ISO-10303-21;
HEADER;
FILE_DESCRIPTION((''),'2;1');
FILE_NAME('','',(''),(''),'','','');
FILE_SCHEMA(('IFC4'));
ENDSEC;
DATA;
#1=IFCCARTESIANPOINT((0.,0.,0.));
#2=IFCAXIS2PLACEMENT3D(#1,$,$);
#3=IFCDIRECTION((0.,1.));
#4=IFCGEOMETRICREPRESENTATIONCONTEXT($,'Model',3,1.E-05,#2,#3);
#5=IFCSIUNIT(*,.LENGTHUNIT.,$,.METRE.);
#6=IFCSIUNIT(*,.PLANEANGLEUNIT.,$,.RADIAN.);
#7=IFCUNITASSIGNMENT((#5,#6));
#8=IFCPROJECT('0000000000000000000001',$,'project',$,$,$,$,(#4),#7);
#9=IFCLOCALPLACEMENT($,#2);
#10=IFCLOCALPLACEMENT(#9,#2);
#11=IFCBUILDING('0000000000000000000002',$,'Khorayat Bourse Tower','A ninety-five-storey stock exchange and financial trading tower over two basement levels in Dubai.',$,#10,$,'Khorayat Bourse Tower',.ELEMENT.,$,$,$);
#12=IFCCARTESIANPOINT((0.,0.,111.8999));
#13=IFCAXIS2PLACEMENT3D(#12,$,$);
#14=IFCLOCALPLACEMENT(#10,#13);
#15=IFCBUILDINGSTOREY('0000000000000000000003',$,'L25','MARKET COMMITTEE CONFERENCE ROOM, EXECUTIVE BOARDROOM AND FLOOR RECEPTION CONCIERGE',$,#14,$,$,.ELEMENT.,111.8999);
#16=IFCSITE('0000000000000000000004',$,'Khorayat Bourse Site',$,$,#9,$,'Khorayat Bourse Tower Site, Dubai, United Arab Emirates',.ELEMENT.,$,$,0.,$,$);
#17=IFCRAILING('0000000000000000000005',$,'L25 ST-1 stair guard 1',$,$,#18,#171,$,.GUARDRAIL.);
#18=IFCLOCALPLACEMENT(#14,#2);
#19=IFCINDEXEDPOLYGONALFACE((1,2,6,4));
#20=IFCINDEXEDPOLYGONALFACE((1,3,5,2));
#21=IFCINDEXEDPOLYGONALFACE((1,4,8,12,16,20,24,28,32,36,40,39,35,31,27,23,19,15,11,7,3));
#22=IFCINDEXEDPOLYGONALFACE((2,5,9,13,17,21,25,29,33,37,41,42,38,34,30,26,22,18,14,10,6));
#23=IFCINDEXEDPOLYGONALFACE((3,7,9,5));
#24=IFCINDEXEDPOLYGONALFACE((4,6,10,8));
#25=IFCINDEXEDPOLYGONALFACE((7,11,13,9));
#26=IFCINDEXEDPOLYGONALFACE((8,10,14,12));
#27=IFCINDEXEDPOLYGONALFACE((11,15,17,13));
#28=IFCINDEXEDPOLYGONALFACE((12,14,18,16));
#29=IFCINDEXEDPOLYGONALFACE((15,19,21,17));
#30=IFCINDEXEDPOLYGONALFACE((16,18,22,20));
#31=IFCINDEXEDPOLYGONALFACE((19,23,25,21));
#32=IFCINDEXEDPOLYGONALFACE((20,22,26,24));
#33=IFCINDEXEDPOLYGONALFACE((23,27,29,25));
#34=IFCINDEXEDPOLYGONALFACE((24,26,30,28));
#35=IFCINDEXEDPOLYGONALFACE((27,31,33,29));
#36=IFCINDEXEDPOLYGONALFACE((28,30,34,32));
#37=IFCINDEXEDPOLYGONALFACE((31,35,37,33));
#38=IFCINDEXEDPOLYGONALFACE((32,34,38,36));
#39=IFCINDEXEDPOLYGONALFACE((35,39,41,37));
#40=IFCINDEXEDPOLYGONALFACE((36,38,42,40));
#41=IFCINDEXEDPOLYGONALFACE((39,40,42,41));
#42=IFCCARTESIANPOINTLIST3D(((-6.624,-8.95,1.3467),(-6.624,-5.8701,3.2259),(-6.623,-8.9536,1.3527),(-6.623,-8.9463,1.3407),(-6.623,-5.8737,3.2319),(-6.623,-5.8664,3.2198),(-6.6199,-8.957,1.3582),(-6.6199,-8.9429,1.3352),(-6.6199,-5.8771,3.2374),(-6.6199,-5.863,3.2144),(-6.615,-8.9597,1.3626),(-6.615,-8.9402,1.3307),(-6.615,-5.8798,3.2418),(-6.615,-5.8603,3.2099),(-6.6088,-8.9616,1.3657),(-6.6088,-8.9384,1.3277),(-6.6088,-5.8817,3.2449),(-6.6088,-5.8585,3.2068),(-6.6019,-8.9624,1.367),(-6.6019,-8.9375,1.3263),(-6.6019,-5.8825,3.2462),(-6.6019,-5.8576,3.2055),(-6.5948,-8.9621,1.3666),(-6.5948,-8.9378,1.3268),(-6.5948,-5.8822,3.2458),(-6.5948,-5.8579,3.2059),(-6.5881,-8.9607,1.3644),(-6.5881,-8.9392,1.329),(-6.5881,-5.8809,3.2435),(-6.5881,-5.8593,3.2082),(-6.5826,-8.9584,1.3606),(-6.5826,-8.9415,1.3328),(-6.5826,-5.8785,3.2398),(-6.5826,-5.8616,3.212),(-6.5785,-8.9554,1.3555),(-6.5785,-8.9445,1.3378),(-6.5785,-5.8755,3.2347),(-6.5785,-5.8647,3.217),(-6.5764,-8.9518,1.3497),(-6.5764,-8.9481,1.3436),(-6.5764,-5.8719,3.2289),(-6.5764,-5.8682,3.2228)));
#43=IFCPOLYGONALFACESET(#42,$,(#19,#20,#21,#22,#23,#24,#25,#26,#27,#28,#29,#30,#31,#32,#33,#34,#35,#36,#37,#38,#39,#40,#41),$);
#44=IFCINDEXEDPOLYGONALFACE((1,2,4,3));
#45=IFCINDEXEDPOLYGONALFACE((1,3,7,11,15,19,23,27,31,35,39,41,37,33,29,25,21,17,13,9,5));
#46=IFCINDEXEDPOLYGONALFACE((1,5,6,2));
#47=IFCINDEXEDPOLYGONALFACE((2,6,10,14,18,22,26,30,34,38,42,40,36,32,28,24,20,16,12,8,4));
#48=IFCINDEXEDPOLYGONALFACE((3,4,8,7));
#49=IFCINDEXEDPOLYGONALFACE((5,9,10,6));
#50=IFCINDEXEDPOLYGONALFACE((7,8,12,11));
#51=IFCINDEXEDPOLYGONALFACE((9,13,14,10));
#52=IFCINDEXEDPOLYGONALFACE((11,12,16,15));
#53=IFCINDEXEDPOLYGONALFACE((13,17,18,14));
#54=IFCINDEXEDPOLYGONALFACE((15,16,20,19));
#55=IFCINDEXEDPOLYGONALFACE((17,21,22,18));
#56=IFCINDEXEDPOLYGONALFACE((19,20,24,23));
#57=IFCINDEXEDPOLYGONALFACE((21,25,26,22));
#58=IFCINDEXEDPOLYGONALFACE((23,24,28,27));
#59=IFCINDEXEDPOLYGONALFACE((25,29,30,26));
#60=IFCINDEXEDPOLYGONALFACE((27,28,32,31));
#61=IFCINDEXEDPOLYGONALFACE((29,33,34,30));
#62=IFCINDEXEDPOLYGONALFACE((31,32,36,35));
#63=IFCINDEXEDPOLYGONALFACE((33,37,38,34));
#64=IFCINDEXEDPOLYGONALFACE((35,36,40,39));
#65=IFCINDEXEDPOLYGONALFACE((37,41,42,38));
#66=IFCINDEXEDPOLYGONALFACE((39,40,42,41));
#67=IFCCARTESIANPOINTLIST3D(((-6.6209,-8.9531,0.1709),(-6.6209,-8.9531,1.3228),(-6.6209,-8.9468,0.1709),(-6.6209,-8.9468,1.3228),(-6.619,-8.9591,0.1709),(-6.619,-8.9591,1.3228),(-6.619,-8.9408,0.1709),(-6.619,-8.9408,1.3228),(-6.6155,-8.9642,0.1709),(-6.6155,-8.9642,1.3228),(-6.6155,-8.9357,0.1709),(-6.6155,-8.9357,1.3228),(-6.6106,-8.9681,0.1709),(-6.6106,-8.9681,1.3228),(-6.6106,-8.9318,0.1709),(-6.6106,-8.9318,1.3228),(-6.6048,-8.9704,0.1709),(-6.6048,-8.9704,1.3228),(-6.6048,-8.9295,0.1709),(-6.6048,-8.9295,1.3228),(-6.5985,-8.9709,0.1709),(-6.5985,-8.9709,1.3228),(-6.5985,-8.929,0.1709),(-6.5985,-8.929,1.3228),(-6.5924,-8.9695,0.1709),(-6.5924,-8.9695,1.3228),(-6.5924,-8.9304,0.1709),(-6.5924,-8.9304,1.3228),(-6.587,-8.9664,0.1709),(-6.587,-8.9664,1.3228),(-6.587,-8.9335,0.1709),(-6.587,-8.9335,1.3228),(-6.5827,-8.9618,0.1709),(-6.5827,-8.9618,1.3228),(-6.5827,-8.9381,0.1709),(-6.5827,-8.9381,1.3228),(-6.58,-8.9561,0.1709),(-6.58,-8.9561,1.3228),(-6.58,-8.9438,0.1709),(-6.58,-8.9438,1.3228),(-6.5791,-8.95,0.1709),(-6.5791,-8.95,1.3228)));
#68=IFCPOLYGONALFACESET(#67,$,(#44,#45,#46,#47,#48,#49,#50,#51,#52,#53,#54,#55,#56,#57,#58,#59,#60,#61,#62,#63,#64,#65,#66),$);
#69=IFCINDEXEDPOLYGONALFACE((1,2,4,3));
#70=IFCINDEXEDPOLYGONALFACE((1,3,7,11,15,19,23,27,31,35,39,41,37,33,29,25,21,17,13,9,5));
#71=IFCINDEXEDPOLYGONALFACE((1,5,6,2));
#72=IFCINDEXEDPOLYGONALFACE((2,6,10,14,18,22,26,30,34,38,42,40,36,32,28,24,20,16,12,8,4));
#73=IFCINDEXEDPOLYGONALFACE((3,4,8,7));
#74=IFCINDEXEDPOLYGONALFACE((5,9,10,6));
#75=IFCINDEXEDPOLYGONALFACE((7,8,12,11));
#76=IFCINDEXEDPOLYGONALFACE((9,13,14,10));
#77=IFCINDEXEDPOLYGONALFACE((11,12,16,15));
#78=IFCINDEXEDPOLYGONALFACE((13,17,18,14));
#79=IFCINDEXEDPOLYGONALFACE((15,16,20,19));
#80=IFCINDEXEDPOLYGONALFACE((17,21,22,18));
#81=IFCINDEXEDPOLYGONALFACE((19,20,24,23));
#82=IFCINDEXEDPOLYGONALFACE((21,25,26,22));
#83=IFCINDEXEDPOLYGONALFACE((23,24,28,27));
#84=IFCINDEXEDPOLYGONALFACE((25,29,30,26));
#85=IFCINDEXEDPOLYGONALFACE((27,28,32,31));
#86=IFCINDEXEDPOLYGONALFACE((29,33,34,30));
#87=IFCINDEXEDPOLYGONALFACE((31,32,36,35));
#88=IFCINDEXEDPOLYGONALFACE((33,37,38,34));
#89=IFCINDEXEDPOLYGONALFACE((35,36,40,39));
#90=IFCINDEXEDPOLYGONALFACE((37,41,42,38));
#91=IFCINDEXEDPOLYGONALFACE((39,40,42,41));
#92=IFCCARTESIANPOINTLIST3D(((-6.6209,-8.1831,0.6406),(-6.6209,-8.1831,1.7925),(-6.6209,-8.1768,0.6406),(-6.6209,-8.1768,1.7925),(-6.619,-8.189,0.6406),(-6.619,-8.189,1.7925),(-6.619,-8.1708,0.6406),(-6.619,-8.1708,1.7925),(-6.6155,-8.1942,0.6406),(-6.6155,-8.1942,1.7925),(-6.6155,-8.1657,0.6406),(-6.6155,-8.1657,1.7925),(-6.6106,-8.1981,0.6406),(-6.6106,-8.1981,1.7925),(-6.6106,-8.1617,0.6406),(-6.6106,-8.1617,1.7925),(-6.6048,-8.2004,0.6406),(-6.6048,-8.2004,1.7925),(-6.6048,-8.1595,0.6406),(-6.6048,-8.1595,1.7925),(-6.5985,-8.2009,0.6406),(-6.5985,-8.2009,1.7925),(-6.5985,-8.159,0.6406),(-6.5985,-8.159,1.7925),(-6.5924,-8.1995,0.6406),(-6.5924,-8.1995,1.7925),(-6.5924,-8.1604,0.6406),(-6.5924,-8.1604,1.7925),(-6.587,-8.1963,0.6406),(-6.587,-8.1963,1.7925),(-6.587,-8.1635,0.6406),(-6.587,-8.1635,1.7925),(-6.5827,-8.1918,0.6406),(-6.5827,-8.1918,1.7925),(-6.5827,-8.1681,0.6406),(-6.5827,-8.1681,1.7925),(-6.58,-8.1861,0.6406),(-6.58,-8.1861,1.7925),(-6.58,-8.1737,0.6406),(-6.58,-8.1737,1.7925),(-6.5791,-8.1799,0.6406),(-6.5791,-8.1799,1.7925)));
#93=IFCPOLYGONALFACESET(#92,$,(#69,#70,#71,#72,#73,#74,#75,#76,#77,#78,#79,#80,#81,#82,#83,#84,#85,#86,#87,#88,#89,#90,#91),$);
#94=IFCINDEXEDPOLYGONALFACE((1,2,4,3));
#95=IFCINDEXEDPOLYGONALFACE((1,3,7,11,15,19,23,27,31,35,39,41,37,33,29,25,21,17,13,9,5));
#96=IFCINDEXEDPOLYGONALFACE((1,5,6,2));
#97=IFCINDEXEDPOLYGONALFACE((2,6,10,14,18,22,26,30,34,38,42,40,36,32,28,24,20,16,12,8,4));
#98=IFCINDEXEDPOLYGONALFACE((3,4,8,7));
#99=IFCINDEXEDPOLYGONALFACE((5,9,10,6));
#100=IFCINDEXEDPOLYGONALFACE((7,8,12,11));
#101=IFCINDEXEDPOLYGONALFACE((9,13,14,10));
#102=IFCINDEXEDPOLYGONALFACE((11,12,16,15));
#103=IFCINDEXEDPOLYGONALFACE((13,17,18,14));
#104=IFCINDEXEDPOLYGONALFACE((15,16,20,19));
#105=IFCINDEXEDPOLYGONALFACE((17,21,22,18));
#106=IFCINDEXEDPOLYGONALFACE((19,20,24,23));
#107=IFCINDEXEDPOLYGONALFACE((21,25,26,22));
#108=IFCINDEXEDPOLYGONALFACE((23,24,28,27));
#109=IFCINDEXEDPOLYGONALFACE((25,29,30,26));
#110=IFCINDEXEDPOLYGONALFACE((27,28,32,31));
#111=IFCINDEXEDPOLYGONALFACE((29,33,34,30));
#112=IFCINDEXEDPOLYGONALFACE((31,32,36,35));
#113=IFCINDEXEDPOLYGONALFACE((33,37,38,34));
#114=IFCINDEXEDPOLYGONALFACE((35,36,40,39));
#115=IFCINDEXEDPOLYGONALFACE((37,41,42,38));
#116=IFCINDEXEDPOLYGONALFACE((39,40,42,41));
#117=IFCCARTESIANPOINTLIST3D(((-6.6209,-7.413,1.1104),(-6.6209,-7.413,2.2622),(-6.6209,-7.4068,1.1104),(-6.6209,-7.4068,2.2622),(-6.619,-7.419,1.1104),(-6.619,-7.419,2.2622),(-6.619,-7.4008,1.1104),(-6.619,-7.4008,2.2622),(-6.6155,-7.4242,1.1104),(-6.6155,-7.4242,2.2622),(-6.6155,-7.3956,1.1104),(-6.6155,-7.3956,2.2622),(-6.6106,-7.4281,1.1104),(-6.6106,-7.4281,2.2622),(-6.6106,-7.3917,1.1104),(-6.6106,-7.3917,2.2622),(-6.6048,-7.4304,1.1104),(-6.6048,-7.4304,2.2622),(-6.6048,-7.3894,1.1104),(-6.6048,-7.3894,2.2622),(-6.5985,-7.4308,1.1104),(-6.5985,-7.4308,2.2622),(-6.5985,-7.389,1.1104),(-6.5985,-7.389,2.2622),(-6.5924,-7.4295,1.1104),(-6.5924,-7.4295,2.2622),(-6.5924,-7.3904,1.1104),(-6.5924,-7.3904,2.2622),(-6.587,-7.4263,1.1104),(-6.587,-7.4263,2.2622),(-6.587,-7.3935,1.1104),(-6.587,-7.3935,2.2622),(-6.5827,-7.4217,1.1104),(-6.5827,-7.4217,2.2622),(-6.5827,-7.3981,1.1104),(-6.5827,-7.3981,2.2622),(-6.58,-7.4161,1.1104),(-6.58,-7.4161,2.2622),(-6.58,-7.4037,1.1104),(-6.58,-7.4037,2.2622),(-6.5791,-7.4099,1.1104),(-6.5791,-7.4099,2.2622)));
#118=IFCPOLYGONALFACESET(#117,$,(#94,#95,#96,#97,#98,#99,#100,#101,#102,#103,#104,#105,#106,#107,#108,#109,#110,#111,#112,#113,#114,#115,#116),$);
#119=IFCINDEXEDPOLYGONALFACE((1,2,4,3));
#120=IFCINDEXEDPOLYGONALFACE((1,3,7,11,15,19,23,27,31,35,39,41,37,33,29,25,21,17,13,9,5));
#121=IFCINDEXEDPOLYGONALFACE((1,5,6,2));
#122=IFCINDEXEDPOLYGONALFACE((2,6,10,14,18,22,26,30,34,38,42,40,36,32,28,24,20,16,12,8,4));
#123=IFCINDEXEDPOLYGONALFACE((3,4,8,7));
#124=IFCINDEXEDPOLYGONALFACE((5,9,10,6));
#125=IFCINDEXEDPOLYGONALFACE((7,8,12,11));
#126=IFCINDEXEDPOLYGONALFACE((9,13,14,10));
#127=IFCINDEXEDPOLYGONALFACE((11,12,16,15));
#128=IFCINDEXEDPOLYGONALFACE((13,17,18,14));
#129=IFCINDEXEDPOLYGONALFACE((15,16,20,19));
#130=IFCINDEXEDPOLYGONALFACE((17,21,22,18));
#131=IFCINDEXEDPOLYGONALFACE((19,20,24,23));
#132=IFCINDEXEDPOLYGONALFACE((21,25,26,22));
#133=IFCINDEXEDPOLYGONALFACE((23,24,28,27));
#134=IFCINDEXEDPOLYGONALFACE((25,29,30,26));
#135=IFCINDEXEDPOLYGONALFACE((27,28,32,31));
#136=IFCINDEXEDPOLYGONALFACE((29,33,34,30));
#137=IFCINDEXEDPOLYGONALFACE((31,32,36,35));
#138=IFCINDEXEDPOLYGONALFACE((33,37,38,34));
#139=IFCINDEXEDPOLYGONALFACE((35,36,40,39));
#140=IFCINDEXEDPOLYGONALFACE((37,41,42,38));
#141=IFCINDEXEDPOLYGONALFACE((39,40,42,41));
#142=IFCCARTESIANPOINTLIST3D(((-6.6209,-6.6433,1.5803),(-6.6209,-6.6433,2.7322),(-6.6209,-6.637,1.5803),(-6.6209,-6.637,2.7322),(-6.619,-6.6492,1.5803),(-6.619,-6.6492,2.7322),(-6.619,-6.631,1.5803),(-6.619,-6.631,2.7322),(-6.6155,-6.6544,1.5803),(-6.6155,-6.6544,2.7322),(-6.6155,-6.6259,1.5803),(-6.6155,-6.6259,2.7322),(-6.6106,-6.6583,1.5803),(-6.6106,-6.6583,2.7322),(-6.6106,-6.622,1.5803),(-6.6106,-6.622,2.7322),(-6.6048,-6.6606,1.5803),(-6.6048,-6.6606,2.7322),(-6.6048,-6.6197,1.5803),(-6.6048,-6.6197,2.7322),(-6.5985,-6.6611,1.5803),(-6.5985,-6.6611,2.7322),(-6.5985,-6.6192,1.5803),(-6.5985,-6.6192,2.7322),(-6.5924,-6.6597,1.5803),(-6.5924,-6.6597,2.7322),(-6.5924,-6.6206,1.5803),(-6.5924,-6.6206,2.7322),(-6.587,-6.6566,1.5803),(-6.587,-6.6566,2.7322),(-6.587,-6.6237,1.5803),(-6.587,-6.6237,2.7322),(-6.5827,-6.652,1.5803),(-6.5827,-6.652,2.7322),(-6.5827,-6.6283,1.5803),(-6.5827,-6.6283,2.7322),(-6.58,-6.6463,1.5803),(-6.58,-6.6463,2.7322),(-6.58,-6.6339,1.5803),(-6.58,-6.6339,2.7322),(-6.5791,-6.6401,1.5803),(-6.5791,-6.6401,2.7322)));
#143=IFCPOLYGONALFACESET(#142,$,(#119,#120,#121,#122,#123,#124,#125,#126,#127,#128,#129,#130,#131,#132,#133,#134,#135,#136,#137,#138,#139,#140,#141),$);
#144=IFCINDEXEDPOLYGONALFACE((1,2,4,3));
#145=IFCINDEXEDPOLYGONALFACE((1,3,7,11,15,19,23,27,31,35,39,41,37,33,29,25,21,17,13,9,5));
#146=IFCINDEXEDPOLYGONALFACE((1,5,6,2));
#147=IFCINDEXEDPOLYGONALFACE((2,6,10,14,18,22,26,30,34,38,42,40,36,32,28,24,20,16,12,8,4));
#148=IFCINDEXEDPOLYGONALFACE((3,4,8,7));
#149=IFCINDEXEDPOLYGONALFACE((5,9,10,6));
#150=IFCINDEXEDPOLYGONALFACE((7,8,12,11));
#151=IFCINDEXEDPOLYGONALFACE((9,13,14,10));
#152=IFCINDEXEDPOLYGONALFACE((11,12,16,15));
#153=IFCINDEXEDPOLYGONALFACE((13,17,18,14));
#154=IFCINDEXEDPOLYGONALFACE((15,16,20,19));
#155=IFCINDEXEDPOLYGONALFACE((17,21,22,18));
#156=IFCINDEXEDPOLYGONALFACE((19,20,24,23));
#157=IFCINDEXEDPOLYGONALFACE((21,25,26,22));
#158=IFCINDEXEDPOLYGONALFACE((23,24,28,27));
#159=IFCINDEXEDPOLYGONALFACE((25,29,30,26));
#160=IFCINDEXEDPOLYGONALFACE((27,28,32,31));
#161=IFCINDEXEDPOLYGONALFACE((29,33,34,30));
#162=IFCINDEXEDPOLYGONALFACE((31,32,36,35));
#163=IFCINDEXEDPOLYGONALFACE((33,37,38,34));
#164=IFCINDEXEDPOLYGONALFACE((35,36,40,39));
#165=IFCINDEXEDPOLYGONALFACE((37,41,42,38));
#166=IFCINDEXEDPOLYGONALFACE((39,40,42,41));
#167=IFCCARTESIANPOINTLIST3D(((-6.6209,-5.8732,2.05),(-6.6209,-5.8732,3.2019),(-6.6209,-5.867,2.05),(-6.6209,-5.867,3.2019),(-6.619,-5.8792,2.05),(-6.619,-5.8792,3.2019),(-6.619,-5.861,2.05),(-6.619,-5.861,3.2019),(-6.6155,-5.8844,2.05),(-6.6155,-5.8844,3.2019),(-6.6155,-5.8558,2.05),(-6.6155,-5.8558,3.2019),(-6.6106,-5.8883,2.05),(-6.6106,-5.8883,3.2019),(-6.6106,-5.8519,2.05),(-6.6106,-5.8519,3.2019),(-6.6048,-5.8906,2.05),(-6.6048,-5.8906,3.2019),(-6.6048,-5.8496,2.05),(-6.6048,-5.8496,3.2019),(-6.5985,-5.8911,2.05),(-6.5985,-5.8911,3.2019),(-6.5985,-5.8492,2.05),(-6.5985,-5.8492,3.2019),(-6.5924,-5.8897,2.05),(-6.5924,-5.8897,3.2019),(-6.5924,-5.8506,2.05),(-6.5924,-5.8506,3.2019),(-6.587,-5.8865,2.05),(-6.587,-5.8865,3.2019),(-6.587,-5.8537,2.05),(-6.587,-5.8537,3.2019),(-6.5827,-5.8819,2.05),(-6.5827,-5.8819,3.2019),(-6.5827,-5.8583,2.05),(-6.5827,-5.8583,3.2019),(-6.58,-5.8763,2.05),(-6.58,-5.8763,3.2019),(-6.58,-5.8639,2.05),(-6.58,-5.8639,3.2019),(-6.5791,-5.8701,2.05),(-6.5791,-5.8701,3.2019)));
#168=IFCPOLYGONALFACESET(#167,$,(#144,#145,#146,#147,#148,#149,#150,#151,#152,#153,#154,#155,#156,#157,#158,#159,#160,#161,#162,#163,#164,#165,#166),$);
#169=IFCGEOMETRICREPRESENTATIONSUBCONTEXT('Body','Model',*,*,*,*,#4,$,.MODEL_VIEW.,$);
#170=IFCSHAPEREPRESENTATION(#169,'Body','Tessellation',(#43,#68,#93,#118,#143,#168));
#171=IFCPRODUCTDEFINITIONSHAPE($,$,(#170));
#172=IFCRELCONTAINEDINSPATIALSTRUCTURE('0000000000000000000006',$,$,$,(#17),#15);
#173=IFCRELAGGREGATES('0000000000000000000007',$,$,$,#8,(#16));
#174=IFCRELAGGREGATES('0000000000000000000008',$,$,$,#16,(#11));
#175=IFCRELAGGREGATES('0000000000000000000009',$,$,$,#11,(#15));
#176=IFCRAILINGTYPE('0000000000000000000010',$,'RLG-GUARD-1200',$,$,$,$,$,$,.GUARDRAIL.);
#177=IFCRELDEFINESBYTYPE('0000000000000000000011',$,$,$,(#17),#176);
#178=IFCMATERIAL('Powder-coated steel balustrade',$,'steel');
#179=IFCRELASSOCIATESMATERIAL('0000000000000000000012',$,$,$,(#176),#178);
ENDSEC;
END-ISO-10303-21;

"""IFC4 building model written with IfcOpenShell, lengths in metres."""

from ifc_helpers import new_model, si_unit, direction, frame, origin, origin_2d, place, context, subcontext, project, spatial, circle, extrude, source, transform, mapped, material, type_object, element, save


model = new_model("IFC4")

# Units and contexts
model_context = context("Model", 3, precision=1e-05, world=origin(), true_north=direction((0.0, 1.0)))
body_context = subcontext(model_context, "Body", "Model", "MODEL_VIEW")
ifc_project = project(units=[si_unit("LENGTHUNIT", "METRE"), si_unit("PLANEANGLEUNIT", "RADIAN")], contexts=[model_context])

# Site, building, storey
site_placement = place(None, origin())
site = spatial("IfcSite", under=ifc_project, at=site_placement, Name="Khorayat Bourse Site", LongName="Khorayat Bourse Tower Site, Dubai, United Arab Emirates", CompositionType="ELEMENT", RefElevation=0.0)
building_placement = place(site_placement, origin())
building = spatial("IfcBuilding", under=site, at=building_placement, Name="Khorayat Bourse Tower", Description="A ninety-five-storey stock exchange and financial trading tower over two basement levels in Dubai.", LongName="Khorayat Bourse Tower", CompositionType="ELEMENT")
storey_placement = place(building_placement, frame((0.0, 0.0, 111.8999)))
storey = spatial("IfcBuildingStorey", under=building, at=storey_placement, Name="L25", Description="MARKET COMMITTEE CONFERENCE ROOM, EXECUTIVE BOARDROOM AND FLOOR RECEPTION CONCIERGE", CompositionType="ELEMENT", Elevation=111.8999)

# Railing
ifc_material_1 = material(Name="Powder-coated steel balustrade", Category="steel")
railing_type_1 = type_object("IfcRailingType", Name="RLG-GUARD-1200", PredefinedType="GUARDRAIL", material=ifc_material_1)
shared_shape_1 = source(origin(), body_context, "Body", "SweptSolid", [
    extrude(circle(Radius=0.0239, at=origin_2d()), frame((0.0, 0.0, 1.1758), z_axis=(0.0, 0.853648, 0.52085), x_axis=(-1.0, 0.0, 0.0)), (0.0, 0.0, 1.0), 3.6079),
    extrude(circle(Radius=0.021, at=origin_2d()), origin(), (0.0, 0.0, 1.0), 1.1519),
    extrude(circle(Radius=0.021, at=origin_2d()), frame((0.0, 0.77, 0.4697)), (0.0, 0.0, 1.0), 1.1519),
    extrude(circle(Radius=0.021, at=origin_2d()), frame((0.0, 1.54, 0.9395)), (0.0, 0.0, 1.0), 1.1519),
    extrude(circle(Radius=0.021, at=origin_2d()), frame((0.0, 2.3098, 1.4094)), (0.0, 0.0, 1.0), 1.1519),
    extrude(circle(Radius=0.021, at=origin_2d()), frame((0.0, 3.0798, 1.8792)), (0.0, 0.0, 1.0), 1.1519),
])
railing_1_placement = place(storey_placement, frame((-6.6001, -8.95, 0.1709)))
element("IfcRailing", 1, at=railing_1_placement, inside=storey, type_object=railing_type_1, Name="L25 ST-1 stair guard 1", PredefinedType="GUARDRAIL", context=body_context, shape_type="MappedRepresentation", body=[
    mapped(shared_shape_1, transform((0.0, 0.0, 0.0), scale=1.0)),
])

save(model, "model.ifc")
